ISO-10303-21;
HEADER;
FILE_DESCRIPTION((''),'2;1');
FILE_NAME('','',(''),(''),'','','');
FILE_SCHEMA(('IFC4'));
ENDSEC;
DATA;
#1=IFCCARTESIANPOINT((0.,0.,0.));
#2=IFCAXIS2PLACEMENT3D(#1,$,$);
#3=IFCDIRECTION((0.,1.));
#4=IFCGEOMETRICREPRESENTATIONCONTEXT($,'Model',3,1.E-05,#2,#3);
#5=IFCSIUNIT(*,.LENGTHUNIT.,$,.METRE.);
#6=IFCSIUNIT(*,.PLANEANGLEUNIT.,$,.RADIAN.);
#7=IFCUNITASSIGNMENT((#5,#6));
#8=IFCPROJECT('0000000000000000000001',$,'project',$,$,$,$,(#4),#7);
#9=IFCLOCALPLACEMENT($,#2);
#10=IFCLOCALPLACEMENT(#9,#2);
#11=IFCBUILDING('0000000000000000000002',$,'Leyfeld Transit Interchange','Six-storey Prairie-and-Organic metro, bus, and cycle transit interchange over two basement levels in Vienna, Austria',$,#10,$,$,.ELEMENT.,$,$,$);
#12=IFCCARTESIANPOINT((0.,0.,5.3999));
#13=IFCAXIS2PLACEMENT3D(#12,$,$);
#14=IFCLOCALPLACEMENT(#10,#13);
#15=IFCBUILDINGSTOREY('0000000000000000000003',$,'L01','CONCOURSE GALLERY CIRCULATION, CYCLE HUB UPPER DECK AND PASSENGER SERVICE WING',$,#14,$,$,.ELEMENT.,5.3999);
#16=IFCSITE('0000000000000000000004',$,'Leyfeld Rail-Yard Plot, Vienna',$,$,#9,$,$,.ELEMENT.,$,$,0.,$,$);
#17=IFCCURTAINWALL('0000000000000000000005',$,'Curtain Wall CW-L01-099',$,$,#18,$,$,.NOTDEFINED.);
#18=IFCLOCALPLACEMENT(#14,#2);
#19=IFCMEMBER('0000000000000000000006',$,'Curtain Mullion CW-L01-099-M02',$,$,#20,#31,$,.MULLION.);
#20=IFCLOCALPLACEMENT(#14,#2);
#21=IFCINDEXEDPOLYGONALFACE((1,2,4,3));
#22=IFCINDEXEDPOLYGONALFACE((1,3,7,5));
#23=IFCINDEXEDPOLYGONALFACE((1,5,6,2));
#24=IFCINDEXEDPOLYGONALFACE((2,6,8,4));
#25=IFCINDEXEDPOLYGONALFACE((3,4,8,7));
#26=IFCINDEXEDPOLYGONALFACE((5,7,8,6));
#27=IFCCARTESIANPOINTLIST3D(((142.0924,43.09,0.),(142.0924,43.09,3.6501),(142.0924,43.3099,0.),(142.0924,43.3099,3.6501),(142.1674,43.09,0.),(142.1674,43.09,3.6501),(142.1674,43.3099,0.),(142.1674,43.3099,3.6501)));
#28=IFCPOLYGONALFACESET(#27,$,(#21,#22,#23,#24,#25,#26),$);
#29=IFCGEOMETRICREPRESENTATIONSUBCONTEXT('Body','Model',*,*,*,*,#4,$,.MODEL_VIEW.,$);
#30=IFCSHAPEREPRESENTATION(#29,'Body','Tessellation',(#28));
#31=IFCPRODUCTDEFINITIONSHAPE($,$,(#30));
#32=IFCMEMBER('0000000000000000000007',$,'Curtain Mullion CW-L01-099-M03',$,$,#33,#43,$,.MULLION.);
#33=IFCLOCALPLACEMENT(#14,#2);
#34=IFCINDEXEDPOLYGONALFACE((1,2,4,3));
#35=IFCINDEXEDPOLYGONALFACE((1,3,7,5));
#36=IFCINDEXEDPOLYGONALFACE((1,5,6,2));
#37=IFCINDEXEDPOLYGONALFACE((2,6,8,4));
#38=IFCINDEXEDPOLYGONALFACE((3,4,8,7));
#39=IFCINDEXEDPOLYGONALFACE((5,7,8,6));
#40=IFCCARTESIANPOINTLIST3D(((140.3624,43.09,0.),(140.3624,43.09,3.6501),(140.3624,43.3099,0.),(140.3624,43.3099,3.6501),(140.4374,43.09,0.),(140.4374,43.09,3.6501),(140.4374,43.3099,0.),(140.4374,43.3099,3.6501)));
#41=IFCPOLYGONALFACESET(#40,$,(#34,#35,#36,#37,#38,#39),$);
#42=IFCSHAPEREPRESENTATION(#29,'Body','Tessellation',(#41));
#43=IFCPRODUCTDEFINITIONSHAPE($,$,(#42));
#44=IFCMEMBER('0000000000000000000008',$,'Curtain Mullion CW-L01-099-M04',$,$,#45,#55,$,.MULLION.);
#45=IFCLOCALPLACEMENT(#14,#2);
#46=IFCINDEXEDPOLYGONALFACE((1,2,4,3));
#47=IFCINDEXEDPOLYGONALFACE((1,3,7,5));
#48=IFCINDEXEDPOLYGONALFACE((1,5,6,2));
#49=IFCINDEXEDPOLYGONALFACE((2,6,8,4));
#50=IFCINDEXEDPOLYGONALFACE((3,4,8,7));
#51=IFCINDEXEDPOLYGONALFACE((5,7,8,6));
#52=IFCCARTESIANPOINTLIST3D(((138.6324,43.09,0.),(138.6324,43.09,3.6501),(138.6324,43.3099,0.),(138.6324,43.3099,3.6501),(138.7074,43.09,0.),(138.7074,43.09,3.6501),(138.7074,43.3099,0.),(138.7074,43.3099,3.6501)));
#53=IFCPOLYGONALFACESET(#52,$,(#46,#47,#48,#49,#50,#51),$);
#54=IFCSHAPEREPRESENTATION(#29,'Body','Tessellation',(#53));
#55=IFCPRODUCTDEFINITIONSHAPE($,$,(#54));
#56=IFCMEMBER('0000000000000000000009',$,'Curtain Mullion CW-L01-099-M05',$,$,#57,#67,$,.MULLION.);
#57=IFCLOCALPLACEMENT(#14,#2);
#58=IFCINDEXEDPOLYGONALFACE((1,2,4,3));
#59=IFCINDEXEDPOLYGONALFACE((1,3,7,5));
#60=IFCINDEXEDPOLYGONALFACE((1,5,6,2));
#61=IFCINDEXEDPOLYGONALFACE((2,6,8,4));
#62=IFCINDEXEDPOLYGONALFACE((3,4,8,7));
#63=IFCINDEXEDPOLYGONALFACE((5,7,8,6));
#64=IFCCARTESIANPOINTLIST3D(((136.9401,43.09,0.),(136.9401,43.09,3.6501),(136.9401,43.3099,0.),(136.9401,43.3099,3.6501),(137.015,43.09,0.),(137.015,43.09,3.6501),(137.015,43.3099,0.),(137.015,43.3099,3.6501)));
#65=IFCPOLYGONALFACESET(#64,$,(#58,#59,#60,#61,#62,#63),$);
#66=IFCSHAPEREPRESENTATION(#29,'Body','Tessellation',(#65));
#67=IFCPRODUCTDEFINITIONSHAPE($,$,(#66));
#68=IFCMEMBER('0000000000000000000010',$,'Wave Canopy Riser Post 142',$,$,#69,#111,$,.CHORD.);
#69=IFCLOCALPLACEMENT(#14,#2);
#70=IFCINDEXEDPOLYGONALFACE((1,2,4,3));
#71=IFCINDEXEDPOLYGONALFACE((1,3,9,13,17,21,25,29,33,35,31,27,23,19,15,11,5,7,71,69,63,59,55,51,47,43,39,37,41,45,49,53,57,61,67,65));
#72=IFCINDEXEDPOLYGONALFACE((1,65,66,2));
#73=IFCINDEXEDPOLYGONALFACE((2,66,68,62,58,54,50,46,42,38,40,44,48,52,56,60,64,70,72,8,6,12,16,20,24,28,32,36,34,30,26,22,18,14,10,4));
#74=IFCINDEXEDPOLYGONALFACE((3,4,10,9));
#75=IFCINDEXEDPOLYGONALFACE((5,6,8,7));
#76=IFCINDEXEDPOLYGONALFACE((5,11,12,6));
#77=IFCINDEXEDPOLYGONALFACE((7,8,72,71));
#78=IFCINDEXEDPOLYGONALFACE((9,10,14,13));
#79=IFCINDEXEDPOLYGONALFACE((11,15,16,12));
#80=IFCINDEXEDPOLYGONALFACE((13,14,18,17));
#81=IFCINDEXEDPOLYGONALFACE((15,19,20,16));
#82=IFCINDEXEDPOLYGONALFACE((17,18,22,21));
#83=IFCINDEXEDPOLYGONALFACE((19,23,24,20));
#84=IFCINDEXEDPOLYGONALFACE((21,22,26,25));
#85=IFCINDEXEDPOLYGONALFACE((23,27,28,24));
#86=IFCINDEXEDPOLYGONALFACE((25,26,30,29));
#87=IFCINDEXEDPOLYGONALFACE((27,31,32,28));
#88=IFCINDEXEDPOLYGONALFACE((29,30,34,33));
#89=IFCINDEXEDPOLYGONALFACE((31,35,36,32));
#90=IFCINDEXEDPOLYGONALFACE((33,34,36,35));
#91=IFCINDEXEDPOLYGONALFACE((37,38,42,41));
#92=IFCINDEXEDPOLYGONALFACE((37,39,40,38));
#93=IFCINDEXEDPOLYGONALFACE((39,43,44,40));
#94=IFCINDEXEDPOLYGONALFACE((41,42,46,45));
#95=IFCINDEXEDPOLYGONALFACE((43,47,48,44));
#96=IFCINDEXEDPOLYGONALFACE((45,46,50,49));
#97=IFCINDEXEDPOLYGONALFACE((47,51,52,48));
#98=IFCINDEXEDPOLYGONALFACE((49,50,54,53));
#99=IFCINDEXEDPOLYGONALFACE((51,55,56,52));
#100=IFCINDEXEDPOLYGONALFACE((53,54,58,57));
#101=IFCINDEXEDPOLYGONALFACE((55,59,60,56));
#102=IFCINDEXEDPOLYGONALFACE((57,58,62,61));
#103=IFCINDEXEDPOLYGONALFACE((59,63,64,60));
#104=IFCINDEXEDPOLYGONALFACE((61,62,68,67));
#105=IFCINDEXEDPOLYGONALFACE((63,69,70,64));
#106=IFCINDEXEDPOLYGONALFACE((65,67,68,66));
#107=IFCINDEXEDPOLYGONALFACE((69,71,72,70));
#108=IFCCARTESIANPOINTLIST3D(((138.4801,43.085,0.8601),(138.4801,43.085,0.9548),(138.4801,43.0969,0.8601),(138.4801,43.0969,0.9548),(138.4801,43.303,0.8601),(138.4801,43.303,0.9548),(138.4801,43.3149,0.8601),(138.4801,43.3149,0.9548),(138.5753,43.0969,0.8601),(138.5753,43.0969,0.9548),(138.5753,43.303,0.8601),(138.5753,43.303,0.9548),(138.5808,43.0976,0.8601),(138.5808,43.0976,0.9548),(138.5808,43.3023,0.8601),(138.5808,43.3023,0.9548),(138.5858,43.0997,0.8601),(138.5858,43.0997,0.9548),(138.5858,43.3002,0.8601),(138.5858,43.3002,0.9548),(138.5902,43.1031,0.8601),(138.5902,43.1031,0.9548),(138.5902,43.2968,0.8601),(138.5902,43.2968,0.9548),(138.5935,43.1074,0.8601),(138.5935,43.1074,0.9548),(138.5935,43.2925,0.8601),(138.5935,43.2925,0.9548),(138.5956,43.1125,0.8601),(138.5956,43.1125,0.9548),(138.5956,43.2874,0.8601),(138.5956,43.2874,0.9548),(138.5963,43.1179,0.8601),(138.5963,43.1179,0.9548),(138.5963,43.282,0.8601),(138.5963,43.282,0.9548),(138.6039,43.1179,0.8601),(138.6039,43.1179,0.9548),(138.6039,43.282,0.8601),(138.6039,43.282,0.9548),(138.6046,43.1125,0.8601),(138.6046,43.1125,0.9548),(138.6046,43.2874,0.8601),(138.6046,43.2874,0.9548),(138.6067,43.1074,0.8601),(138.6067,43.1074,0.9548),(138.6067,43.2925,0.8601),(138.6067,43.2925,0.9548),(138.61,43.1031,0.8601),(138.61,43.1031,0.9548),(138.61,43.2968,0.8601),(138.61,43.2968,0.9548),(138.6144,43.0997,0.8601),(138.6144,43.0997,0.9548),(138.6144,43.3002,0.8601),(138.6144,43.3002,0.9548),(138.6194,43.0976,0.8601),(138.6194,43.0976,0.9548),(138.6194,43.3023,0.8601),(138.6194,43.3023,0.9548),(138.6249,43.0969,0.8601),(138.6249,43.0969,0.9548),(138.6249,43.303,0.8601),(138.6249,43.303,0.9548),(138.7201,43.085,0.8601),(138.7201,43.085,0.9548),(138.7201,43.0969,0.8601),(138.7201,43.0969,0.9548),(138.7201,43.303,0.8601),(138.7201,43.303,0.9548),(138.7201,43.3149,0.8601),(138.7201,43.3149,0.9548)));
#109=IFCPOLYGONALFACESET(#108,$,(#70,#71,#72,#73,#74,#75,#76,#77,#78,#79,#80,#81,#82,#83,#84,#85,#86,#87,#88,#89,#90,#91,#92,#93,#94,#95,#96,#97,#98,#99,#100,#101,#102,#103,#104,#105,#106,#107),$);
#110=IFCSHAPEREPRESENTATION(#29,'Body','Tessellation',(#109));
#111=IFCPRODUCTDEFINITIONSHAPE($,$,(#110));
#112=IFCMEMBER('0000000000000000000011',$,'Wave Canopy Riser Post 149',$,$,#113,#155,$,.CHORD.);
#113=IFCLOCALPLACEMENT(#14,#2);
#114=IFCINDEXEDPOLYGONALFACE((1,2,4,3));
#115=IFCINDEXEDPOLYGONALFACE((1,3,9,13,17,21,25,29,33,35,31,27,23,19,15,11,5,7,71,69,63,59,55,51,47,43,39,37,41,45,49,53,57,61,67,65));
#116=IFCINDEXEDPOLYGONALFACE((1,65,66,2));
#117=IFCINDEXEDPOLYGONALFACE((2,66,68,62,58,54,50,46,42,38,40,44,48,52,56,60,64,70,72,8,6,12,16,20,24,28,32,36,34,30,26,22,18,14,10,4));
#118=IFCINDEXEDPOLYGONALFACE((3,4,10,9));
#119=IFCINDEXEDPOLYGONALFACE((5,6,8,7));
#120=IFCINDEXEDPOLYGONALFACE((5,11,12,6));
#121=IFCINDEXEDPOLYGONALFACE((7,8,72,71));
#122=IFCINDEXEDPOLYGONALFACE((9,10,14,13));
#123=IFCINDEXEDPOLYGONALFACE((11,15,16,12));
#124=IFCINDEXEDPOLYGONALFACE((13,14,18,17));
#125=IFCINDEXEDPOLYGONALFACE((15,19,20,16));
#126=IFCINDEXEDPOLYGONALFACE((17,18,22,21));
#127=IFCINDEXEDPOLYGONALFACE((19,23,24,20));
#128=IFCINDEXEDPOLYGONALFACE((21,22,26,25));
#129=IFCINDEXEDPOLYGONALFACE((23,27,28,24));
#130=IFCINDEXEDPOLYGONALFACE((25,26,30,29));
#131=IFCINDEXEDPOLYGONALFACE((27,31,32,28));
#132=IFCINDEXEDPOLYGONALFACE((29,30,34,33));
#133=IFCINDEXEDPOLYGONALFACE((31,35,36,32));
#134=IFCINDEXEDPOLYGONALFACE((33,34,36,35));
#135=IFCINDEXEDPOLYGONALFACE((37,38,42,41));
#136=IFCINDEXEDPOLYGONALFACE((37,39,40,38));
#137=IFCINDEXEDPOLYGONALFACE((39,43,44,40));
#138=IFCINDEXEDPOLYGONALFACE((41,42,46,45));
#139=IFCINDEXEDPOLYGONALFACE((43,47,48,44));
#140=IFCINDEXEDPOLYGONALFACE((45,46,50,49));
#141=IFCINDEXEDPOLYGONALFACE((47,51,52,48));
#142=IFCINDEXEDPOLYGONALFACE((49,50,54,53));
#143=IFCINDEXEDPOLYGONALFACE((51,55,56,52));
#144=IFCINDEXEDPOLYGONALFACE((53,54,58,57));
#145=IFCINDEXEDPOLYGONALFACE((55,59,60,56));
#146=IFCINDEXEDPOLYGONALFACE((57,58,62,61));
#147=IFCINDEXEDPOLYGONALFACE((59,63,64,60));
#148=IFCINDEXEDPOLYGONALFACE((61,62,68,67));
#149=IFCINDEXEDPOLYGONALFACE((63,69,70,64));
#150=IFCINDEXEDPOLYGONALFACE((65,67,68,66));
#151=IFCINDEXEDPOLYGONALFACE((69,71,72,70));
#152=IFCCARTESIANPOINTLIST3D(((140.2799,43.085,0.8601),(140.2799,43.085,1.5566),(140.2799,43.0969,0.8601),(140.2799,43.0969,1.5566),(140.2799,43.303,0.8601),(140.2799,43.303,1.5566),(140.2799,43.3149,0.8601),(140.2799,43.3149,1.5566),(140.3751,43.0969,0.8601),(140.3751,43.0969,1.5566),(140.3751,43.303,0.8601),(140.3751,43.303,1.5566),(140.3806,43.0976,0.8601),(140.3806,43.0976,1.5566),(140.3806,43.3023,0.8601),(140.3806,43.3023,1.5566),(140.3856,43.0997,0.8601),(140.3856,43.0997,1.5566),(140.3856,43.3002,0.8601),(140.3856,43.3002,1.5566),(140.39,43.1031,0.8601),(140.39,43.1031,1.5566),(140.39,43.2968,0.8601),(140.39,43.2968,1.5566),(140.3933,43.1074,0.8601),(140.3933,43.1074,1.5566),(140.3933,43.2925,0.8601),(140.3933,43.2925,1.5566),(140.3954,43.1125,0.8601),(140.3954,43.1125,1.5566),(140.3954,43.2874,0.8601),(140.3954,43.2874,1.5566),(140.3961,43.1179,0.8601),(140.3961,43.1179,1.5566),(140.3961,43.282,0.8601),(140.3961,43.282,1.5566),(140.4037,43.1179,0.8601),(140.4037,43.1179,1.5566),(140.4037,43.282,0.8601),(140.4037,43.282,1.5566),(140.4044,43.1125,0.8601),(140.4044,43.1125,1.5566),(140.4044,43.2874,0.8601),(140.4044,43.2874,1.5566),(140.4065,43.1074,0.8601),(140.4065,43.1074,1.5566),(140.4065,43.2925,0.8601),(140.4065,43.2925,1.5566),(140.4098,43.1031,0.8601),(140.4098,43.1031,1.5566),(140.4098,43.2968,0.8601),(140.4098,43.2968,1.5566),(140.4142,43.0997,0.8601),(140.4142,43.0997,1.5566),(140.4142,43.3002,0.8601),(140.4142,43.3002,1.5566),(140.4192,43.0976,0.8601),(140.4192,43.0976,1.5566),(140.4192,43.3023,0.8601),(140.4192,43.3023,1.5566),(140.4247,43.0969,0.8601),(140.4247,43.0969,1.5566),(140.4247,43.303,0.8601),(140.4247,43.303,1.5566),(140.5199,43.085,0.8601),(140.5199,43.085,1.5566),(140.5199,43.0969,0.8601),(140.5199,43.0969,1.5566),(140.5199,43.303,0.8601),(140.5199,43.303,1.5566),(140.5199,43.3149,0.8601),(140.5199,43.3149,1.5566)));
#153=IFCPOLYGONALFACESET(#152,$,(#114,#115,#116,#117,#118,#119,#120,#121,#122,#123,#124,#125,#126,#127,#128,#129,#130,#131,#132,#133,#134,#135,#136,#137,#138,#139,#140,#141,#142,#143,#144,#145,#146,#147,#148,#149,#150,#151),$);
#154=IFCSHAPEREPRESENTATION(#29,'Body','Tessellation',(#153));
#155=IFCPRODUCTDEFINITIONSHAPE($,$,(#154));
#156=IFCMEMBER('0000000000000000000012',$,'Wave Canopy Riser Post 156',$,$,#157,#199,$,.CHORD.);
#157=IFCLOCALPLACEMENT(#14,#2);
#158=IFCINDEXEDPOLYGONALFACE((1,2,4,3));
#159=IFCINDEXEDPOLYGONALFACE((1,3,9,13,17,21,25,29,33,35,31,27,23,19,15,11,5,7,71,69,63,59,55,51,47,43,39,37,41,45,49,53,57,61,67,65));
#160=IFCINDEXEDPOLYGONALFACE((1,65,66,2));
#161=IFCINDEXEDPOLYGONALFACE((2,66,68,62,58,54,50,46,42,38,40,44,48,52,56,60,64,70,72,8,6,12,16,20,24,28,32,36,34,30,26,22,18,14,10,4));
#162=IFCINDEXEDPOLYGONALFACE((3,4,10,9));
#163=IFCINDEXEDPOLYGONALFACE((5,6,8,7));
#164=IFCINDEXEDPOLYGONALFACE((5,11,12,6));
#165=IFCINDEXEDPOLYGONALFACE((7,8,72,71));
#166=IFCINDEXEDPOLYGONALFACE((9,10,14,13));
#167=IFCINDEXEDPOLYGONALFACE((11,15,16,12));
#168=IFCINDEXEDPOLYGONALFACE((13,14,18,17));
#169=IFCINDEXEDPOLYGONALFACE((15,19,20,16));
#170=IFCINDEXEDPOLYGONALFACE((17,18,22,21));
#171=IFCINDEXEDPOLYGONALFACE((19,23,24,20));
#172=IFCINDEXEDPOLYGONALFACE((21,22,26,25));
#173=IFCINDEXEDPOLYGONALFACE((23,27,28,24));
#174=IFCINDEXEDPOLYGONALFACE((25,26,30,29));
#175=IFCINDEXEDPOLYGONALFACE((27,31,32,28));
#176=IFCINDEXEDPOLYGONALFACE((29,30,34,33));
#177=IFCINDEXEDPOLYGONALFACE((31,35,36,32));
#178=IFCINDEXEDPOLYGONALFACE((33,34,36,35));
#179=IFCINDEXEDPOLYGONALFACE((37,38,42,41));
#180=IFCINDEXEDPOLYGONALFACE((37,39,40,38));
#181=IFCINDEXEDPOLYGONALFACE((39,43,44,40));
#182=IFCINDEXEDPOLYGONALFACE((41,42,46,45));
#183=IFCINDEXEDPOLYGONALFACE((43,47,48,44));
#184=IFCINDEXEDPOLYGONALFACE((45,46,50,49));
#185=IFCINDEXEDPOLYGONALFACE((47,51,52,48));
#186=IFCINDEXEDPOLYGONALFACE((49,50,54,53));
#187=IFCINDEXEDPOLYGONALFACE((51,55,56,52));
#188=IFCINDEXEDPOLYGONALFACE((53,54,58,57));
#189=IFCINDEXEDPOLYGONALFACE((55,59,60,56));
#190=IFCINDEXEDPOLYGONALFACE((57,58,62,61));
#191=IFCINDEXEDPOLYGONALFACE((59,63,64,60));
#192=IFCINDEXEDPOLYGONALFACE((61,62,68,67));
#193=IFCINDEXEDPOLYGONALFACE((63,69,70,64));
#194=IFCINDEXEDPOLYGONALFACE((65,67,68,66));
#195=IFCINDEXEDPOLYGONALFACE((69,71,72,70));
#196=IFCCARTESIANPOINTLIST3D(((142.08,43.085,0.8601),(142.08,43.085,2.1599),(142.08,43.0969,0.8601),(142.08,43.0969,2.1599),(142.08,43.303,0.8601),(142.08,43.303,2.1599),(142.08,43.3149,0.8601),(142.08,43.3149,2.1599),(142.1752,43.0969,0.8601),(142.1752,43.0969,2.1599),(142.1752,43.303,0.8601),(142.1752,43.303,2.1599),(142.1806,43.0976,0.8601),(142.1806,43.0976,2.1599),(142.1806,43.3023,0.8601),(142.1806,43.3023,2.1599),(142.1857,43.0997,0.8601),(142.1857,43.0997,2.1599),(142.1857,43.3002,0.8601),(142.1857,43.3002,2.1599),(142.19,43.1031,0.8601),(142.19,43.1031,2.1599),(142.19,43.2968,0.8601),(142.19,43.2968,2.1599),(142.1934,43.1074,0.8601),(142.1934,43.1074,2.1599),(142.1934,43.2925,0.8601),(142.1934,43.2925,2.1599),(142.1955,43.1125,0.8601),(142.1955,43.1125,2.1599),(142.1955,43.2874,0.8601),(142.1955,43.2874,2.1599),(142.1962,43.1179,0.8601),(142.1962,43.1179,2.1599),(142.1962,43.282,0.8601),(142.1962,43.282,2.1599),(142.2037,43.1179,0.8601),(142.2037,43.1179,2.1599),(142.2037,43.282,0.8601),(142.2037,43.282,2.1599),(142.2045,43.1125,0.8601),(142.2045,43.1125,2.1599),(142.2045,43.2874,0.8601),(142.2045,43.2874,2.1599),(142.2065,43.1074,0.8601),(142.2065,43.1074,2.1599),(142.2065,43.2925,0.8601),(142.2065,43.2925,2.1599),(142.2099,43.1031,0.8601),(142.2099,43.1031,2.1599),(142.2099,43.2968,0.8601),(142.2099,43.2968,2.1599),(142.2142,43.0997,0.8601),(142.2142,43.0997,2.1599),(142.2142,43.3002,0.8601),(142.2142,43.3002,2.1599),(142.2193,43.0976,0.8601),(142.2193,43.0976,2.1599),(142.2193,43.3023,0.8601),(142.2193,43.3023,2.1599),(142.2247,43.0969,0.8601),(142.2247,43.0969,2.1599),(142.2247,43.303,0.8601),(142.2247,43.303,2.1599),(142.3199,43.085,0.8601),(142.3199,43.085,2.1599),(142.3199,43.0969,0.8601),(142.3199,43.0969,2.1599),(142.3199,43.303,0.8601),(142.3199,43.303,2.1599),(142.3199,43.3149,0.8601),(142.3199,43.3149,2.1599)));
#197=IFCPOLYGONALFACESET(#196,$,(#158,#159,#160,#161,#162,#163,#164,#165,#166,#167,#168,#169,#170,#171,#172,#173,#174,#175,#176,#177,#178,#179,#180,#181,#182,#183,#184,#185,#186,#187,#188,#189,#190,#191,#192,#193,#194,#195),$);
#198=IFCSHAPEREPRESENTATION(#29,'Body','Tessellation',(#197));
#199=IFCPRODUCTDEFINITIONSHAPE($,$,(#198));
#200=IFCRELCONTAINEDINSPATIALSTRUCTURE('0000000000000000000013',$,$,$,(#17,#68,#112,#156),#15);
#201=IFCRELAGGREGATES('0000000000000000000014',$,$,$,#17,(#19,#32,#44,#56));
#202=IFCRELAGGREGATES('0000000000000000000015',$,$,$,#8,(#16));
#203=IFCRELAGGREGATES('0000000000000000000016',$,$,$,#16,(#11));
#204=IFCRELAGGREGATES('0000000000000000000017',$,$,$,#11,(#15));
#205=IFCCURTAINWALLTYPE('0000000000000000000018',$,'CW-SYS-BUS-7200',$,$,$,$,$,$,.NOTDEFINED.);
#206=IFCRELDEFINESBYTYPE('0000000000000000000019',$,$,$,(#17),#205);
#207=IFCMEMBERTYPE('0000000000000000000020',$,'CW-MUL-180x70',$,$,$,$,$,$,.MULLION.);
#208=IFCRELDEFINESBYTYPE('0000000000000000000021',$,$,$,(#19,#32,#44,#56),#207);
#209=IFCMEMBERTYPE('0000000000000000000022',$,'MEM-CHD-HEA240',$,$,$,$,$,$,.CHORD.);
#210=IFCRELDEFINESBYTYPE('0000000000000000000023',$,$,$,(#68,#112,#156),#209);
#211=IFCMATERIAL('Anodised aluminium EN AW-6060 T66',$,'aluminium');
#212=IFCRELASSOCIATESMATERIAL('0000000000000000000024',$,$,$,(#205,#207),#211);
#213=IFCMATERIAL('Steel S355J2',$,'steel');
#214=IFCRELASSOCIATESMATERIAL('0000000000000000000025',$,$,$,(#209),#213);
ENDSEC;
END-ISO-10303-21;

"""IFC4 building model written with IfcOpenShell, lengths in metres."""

from ifc_helpers import new_model, si_unit, direction, frame, origin, origin_2d, place, context, subcontext, project, spatial, rectangle, i_section, extrude, material, material_profile, profile_set, type_object, element, aggregate, save


model = new_model("IFC4")

# Units and contexts
model_context = context("Model", 3, precision=1e-05, world=origin(), true_north=direction((0.0, 1.0)))
body_context = subcontext(model_context, "Body", "Model", "MODEL_VIEW")
ifc_project = project(units=[si_unit("LENGTHUNIT", "METRE"), si_unit("PLANEANGLEUNIT", "RADIAN")], contexts=[model_context])

# Site, building, storey
site_placement = place(None, origin())
site = spatial("IfcSite", under=ifc_project, at=site_placement, Name="Leyfeld Rail-Yard Plot, Vienna", CompositionType="ELEMENT", RefElevation=0.0)
building_placement = place(site_placement, origin())
building = spatial("IfcBuilding", under=site, at=building_placement, Name="Leyfeld Transit Interchange", Description="Six-storey Prairie-and-Organic metro, bus, and cycle transit interchange over two basement levels in Vienna, Austria", CompositionType="ELEMENT")
storey_placement = place(building_placement, frame((0.0, 0.0, 5.3999)))
storey = spatial("IfcBuildingStorey", under=building, at=storey_placement, Name="L01", Description="CONCOURSE GALLERY CIRCULATION, CYCLE HUB UPPER DECK AND PASSENGER SERVICE WING", CompositionType="ELEMENT", Elevation=5.3999)

# Curtain wall, members
ifc_material_1 = material(Name="Anodised aluminium EN AW-6060 T66", Category="aluminium")
curtain_wall_type = type_object("IfcCurtainWallType", Name="CW-SYS-BUS-7200", PredefinedType="NOTDEFINED", material=ifc_material_1)
curtain_wall_placement = place(storey_placement, origin())
curtain_wall = element("IfcCurtainWall", 1, at=curtain_wall_placement, inside=storey, type_object=curtain_wall_type, Name="Curtain Wall CW-L01-099", PredefinedType="NOTDEFINED")
ifc_material_profile_1 = material_profile(ifc_material_1, rectangle(XDim=0.075, YDim=0.22, at=origin_2d()), Name="CW-M 75x220")
ifc_profile_set_1 = profile_set([ifc_material_profile_1], Name="Anodised aluminium EN AW-6060 T66")
member_type_1 = type_object("IfcMemberType", Name="CW-MUL-180x70", PredefinedType="MULLION", material=ifc_profile_set_1)
member_1_placement = place(storey_placement, frame((142.1299, 43.2, 0.0), z_axis=(0.0, 0.0, 1.0), x_axis=(-1.0, 0.0, 0.0)))
member_1 = element("IfcMember", 2, at=member_1_placement, type_object=member_type_1, Name="Curtain Mullion CW-L01-099-M02", PredefinedType="MULLION", context=body_context, shape_type="SweptSolid", body=[
    extrude(rectangle(XDim=0.075, YDim=0.22, at=origin_2d()), origin(), (0.0, 0.0, 1.0), 3.6501),
])
member_2_placement = place(storey_placement, frame((140.3999, 43.2, 0.0), z_axis=(0.0, 0.0, 1.0), x_axis=(-1.0, 0.0, 0.0)))
member_2 = element("IfcMember", 3, at=member_2_placement, type_object=member_type_1, Name="Curtain Mullion CW-L01-099-M03", PredefinedType="MULLION", context=body_context, shape_type="SweptSolid", body=[
    extrude(rectangle(XDim=0.075, YDim=0.22, at=origin_2d()), origin(), (0.0, 0.0, 1.0), 3.6501),
])
member_3_placement = place(storey_placement, frame((138.6699, 43.2, 0.0), z_axis=(0.0, 0.0, 1.0), x_axis=(-1.0, 0.0, 0.0)))
member_3 = element("IfcMember", 4, at=member_3_placement, type_object=member_type_1, Name="Curtain Mullion CW-L01-099-M04", PredefinedType="MULLION", context=body_context, shape_type="SweptSolid", body=[
    extrude(rectangle(XDim=0.075, YDim=0.22, at=origin_2d()), origin(), (0.0, 0.0, 1.0), 3.6501),
])
member_4_placement = place(storey_placement, frame((136.9775, 43.2, 0.0), z_axis=(0.0, 0.0, 1.0), x_axis=(-1.0, 0.0, 0.0)))
member_4 = element("IfcMember", 5, at=member_4_placement, type_object=member_type_1, Name="Curtain Mullion CW-L01-099-M05", PredefinedType="MULLION", context=body_context, shape_type="SweptSolid", body=[
    extrude(rectangle(XDim=0.075, YDim=0.22, at=origin_2d()), origin(), (0.0, 0.0, 1.0), 3.6501),
])

# Members
ifc_material_2 = material(Name="Steel S355J2", Category="steel")
ifc_material_profile_2 = material_profile(ifc_material_2, i_section(OverallWidth=0.24, OverallDepth=0.23, WebThickness=0.0076, FlangeThickness=0.012, FilletRadius=0.021, at=origin_2d()), Name="HEA 240")
ifc_profile_set_2 = profile_set([ifc_material_profile_2], Name="Steel S355J2")
member_type_2 = type_object("IfcMemberType", Name="MEM-CHD-HEA240", PredefinedType="CHORD", material=ifc_profile_set_2)
member_5_placement = place(storey_placement, frame((138.6001, 43.2, 0.8601), z_axis=(0.0, 0.0, 1.0), x_axis=(1.0, 0.0, 0.0)))
element("IfcMember", 6, at=member_5_placement, inside=storey, type_object=member_type_2, Name="Wave Canopy Riser Post 142", PredefinedType="CHORD", context=body_context, shape_type="SweptSolid", body=[
    extrude(i_section(OverallWidth=0.24, OverallDepth=0.23, WebThickness=0.0076, FlangeThickness=0.012, FilletRadius=0.021, at=origin_2d()), origin(), (0.0, 0.0, 1.0), 0.0947),
])
member_6_placement = place(storey_placement, frame((140.3999, 43.2, 0.8601), z_axis=(0.0, 0.0, 1.0), x_axis=(1.0, 0.0, 0.0)))
element("IfcMember", 7, at=member_6_placement, inside=storey, type_object=member_type_2, Name="Wave Canopy Riser Post 149", PredefinedType="CHORD", context=body_context, shape_type="SweptSolid", body=[
    extrude(i_section(OverallWidth=0.24, OverallDepth=0.23, WebThickness=0.0076, FlangeThickness=0.012, FilletRadius=0.021, at=origin_2d()), origin(), (0.0, 0.0, 1.0), 0.6965),
])
member_7_placement = place(storey_placement, frame((142.2, 43.2, 0.8601), z_axis=(0.0, 0.0, 1.0), x_axis=(1.0, 0.0, 0.0)))
element("IfcMember", 8, at=member_7_placement, inside=storey, type_object=member_type_2, Name="Wave Canopy Riser Post 156", PredefinedType="CHORD", context=body_context, shape_type="SweptSolid", body=[
    extrude(i_section(OverallWidth=0.24, OverallDepth=0.23, WebThickness=0.0076, FlangeThickness=0.012, FilletRadius=0.021, at=origin_2d()), origin(), (0.0, 0.0, 1.0), 1.2998),
])

aggregate(curtain_wall, [member_1, member_2, member_3, member_4])

save(model, "model.ifc")
